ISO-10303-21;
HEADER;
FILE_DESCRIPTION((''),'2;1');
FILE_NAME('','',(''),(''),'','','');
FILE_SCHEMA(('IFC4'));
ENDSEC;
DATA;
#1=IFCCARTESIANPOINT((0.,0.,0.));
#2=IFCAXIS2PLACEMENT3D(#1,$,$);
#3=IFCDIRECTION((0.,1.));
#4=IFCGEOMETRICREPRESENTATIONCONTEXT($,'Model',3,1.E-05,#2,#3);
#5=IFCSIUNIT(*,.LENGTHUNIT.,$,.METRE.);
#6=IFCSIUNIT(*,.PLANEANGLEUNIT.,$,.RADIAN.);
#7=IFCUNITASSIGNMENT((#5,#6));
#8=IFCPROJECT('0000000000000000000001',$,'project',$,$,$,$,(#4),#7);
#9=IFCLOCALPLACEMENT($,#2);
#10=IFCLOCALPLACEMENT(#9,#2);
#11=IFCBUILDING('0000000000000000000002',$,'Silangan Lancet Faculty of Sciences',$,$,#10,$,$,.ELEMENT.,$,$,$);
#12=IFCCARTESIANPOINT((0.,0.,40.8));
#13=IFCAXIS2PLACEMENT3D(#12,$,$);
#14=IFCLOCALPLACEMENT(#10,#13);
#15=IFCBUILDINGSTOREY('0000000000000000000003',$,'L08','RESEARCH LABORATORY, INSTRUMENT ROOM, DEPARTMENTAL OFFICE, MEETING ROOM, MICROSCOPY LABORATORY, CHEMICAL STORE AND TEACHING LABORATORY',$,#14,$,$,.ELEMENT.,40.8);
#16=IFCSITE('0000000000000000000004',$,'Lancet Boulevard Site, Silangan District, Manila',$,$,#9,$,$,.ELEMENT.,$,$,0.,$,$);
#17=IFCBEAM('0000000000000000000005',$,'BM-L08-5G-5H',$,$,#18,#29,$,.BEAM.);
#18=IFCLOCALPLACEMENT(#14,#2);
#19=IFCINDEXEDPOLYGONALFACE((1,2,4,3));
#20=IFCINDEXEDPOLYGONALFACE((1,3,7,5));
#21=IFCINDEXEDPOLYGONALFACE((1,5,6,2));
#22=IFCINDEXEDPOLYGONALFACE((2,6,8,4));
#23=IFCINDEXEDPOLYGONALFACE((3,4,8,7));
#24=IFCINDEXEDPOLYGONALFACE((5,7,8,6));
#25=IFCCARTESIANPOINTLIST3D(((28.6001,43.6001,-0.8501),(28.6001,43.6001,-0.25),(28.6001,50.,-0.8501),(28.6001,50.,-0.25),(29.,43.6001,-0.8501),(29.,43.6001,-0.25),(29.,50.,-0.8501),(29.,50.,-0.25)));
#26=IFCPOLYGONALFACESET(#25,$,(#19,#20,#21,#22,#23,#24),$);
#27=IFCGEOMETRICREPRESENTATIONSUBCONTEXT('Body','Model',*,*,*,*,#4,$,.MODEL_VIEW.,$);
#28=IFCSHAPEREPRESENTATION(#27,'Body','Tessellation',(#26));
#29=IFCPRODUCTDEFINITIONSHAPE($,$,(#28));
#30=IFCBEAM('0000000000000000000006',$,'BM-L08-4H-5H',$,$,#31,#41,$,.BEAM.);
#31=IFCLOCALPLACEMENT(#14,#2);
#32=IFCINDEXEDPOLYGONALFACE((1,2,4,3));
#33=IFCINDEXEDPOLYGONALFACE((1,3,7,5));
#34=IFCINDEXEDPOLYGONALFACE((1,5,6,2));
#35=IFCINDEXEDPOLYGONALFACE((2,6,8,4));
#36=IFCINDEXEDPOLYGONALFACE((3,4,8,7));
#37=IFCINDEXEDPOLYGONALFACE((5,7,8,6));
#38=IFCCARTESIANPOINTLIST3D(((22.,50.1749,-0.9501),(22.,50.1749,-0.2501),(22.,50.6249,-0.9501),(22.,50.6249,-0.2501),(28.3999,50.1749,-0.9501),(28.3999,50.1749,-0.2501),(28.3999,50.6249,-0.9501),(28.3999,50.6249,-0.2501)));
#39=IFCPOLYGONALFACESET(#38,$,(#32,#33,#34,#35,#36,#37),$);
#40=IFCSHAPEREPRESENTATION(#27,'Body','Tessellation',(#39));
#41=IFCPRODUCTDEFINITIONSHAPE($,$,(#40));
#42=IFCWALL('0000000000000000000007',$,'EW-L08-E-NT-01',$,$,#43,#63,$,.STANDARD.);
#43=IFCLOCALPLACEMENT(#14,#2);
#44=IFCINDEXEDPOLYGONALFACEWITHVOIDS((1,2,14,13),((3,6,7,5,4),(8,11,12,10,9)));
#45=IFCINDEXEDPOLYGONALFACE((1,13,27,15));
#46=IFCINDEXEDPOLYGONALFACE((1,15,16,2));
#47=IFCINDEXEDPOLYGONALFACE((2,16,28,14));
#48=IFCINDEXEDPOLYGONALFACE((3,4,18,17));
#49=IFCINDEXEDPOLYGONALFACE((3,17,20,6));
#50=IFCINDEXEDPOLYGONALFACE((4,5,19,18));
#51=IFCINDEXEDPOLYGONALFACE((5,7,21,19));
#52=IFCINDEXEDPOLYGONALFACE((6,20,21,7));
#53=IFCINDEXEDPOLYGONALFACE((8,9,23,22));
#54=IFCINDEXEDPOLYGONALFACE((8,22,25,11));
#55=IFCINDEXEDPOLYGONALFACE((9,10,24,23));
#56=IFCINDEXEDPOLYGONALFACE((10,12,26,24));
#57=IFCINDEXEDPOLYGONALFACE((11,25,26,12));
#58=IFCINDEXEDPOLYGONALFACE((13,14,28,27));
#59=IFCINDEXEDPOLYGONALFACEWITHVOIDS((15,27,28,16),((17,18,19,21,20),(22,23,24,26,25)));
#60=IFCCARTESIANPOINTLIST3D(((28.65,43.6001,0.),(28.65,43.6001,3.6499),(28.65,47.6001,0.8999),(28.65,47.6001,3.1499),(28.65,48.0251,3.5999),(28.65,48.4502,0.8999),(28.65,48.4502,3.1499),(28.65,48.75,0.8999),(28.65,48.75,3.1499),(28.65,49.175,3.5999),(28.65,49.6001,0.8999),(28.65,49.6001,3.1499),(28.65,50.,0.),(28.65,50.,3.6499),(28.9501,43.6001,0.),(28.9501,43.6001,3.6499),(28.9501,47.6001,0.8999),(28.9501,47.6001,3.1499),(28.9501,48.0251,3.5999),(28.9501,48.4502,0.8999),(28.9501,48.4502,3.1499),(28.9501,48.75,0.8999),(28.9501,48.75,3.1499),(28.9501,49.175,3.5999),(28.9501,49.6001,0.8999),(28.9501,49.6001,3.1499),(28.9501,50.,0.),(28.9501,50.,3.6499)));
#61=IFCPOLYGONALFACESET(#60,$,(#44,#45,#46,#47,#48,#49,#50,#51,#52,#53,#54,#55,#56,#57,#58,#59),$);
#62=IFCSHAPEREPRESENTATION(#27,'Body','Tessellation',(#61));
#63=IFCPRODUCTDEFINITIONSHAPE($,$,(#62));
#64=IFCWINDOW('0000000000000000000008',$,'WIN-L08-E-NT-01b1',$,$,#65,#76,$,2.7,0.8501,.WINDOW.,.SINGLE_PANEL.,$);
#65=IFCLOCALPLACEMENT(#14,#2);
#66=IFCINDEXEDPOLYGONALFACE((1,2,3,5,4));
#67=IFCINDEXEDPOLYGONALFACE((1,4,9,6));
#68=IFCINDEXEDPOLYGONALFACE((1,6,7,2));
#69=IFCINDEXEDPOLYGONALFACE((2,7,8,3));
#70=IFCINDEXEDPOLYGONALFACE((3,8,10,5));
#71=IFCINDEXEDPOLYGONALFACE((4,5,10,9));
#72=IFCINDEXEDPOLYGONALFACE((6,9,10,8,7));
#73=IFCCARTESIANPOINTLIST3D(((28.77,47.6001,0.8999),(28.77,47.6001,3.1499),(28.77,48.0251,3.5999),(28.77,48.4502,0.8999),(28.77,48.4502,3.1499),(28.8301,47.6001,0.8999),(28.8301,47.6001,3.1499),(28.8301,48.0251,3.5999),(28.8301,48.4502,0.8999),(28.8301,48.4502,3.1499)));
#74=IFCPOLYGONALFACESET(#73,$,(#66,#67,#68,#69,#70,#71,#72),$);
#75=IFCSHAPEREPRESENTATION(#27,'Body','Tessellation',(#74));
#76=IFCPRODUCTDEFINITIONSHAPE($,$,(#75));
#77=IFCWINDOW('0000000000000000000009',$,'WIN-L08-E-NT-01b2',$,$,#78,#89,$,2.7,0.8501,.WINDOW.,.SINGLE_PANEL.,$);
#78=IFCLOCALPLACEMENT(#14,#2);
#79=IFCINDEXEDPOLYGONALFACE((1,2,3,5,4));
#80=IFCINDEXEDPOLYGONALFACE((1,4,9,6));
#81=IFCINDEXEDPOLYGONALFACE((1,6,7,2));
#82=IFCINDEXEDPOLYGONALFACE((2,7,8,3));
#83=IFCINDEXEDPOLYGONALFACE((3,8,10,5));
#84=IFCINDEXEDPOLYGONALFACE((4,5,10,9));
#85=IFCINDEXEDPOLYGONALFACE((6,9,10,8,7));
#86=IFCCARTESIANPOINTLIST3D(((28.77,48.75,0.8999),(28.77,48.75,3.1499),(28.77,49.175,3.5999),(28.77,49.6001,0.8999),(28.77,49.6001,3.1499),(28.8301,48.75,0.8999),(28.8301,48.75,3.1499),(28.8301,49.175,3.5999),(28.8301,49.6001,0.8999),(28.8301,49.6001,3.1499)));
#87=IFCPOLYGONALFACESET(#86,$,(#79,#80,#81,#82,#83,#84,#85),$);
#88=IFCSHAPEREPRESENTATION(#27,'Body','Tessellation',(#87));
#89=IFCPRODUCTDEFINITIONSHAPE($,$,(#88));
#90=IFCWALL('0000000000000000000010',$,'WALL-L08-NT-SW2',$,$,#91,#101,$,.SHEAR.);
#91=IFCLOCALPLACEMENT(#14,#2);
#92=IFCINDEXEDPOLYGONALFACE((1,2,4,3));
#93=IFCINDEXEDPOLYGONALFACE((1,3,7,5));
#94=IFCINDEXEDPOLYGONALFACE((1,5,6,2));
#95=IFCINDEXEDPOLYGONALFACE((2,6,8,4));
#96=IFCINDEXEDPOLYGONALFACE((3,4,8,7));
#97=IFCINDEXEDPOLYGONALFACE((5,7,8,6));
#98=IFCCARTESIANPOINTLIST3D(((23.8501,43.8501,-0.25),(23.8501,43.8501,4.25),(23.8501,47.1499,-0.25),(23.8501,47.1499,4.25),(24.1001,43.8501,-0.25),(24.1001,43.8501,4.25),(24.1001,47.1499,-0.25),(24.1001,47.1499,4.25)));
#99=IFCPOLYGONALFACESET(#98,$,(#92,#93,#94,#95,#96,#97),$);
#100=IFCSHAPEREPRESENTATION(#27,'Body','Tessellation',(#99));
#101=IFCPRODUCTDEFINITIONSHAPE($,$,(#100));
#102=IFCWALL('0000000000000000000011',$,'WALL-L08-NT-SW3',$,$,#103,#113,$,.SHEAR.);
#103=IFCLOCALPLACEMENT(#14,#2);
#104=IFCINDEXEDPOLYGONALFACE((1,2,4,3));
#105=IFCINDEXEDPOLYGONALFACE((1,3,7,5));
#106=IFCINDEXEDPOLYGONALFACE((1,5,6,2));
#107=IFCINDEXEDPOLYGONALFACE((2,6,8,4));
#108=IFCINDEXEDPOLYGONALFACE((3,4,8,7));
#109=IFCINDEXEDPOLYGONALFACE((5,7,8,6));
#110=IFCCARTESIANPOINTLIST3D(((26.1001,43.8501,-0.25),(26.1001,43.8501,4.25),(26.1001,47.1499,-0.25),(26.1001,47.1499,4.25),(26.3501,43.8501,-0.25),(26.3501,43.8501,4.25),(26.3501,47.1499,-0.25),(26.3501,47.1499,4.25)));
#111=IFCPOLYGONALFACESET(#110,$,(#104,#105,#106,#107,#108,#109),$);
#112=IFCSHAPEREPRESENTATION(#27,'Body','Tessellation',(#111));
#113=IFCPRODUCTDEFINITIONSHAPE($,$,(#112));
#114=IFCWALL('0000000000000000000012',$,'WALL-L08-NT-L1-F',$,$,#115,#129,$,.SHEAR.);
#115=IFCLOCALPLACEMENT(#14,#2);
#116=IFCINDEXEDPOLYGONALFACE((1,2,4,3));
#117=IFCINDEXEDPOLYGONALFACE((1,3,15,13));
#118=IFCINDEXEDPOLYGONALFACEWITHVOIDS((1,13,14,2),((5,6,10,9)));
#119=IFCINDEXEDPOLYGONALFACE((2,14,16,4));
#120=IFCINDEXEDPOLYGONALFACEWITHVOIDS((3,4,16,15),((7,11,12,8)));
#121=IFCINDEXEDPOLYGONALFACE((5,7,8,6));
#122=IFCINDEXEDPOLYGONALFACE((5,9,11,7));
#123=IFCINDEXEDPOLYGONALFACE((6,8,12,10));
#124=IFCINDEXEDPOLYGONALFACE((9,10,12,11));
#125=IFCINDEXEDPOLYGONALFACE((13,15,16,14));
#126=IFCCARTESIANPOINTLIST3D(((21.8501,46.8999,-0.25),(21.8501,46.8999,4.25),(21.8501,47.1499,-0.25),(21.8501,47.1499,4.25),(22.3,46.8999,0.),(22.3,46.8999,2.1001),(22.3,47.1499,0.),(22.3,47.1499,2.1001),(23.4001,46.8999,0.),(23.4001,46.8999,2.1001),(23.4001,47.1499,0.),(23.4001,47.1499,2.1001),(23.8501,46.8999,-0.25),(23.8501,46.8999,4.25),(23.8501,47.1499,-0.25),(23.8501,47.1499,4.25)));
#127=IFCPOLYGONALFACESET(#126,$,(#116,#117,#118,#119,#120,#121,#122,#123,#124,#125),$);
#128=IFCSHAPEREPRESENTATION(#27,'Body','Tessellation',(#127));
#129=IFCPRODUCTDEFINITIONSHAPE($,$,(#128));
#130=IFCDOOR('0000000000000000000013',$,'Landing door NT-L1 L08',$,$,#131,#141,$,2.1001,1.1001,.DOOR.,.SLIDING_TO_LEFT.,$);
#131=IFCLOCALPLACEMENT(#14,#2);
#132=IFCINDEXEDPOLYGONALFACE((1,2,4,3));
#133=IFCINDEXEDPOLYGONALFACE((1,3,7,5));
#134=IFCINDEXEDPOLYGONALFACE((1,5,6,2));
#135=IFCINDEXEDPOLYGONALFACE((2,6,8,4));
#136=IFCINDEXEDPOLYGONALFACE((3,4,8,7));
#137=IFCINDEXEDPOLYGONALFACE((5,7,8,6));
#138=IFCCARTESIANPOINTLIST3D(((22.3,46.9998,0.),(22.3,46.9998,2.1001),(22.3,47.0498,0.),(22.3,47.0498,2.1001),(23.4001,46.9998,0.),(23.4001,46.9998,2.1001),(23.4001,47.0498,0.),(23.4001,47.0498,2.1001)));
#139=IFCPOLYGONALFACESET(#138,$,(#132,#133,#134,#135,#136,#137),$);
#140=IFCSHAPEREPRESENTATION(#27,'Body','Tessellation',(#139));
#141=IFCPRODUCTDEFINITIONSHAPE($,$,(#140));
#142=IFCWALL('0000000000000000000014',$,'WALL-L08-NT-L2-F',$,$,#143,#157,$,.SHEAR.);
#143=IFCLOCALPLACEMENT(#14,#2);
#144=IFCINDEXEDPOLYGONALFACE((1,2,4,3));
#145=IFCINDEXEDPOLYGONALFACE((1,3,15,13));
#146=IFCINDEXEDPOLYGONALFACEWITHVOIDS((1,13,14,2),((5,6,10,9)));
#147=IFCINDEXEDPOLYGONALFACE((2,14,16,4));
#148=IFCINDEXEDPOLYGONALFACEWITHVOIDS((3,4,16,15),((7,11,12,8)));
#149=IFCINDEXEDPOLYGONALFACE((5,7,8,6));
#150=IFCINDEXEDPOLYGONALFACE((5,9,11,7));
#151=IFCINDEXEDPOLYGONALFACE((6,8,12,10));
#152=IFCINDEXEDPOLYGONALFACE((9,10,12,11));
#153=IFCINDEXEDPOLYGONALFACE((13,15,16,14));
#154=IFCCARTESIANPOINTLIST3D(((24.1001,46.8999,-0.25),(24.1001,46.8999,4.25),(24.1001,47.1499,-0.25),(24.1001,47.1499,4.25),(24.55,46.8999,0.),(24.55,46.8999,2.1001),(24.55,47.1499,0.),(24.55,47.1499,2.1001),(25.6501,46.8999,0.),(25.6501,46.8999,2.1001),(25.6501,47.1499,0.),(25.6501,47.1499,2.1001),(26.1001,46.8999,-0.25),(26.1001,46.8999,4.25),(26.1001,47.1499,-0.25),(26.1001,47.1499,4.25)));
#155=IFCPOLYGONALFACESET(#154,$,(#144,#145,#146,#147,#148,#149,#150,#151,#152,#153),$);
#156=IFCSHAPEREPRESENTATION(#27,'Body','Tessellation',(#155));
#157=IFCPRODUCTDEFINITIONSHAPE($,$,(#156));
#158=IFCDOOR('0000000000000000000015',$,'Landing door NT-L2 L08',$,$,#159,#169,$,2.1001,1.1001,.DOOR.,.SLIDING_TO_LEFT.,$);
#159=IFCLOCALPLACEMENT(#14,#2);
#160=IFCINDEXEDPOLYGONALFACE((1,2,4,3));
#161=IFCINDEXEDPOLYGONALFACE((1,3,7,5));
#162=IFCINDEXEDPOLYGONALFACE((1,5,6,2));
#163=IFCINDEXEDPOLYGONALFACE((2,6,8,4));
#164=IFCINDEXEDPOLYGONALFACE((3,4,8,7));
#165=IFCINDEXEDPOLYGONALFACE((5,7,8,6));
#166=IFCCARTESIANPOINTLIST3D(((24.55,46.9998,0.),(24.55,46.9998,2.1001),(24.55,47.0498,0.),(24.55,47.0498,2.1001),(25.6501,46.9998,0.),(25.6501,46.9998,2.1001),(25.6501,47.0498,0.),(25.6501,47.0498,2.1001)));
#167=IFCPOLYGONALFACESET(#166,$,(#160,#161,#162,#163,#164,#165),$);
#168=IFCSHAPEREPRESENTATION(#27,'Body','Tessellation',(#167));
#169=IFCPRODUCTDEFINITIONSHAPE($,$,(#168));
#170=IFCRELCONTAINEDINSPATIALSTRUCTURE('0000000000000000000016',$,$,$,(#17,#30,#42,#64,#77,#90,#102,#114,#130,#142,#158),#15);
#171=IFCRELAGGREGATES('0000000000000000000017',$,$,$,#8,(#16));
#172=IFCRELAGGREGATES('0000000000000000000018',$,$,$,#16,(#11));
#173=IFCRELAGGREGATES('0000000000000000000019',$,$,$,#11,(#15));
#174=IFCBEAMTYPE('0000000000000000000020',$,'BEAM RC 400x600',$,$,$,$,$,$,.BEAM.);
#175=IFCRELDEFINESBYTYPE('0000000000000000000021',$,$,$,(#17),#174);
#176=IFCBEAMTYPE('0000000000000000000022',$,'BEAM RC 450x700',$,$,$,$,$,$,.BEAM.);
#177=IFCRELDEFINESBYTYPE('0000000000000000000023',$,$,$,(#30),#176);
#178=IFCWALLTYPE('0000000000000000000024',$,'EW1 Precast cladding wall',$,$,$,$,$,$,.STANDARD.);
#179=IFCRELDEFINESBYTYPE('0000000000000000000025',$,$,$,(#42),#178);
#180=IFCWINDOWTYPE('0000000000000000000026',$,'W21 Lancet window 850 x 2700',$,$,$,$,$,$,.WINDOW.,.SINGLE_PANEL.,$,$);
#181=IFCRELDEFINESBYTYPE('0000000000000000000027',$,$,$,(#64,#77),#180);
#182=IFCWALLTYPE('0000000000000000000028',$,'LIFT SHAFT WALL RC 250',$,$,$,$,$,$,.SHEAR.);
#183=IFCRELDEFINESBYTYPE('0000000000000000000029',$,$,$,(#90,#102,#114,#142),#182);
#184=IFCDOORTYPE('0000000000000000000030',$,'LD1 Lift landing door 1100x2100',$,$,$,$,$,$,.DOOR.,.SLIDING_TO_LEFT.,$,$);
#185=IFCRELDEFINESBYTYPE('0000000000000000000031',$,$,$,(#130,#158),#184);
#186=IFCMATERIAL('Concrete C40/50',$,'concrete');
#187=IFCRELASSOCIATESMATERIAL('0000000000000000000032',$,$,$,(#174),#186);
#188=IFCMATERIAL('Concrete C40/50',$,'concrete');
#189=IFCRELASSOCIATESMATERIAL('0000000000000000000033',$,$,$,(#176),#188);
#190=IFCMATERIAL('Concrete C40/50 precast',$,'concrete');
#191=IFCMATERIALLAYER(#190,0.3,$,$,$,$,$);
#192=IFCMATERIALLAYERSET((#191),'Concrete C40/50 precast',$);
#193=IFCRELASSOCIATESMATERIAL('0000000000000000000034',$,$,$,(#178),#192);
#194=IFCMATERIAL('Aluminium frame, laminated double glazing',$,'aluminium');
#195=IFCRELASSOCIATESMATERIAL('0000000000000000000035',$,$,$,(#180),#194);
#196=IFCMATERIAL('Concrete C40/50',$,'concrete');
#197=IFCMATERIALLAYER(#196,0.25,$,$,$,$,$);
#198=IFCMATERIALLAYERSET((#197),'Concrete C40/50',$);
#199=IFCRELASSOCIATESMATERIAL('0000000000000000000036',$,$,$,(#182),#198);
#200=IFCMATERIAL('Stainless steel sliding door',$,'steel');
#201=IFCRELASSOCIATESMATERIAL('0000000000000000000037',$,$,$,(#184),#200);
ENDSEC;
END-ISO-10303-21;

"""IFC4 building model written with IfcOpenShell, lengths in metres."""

from ifc_helpers import new_model, si_unit, direction, frame, frame_2d, origin, origin_2d, place, context, subcontext, project, spatial, polyline, rectangle, outline, extrude, material, layer, layer_set, material_profile, profile_set, type_object, element, fill, save


model = new_model("IFC4")

# Units and contexts
model_context = context("Model", 3, precision=1e-05, world=origin(), true_north=direction((0.0, 1.0)))
body_context = subcontext(model_context, "Body", "Model", "MODEL_VIEW")
ifc_project = project(units=[si_unit("LENGTHUNIT", "METRE"), si_unit("PLANEANGLEUNIT", "RADIAN")], contexts=[model_context])

# Site, building, storey
site_placement = place(None, origin())
site = spatial("IfcSite", under=ifc_project, at=site_placement, Name="Lancet Boulevard Site, Silangan District, Manila", CompositionType="ELEMENT", RefElevation=0.0)
building_placement = place(site_placement, origin())
building = spatial("IfcBuilding", under=site, at=building_placement, Name="Silangan Lancet Faculty of Sciences", CompositionType="ELEMENT")
storey_placement = place(building_placement, frame((0.0, 0.0, 40.8)))
storey = spatial("IfcBuildingStorey", under=building, at=storey_placement, Name="L08", Description="RESEARCH LABORATORY, INSTRUMENT ROOM, DEPARTMENTAL OFFICE, MEETING ROOM, MICROSCOPY LABORATORY, CHEMICAL STORE AND TEACHING LABORATORY", CompositionType="ELEMENT", Elevation=40.8)

# Beams
ifc_material_1 = material(Name="Concrete C40/50", Category="concrete")
ifc_material_profile_1 = material_profile(ifc_material_1, rectangle(XDim=0.3999, YDim=0.6001, at=origin_2d()), Name="RC 400x600")
ifc_profile_set_1 = profile_set([ifc_material_profile_1], Name="Concrete C40/50")
beam_type_1 = type_object("IfcBeamType", Name="BEAM RC 400x600", PredefinedType="BEAM", material=ifc_profile_set_1)
beam_1_placement = place(storey_placement, frame((28.8, 43.6001, -0.55), z_axis=(0.0, 1.0, 0.0), x_axis=(-1.0, 0.0, 0.0)))
element("IfcBeam", 1, at=beam_1_placement, inside=storey, type_object=beam_type_1, Name="BM-L08-5G-5H", PredefinedType="BEAM", context=body_context, shape_type="SweptSolid", body=[
    extrude(rectangle(XDim=0.3999, YDim=0.6001, at=origin_2d()), origin(), (0.0, 0.0, 1.0), 6.3999),
])
ifc_material_2 = material(Name="Concrete C40/50", Category="concrete")
ifc_material_profile_2 = material_profile(ifc_material_2, rectangle(XDim=0.45, YDim=0.7, at=origin_2d()), Name="RC 450x700")
ifc_profile_set_2 = profile_set([ifc_material_profile_2], Name="Concrete C40/50")
beam_type_2 = type_object("IfcBeamType", Name="BEAM RC 450x700", PredefinedType="BEAM", material=ifc_profile_set_2)
beam_2_placement = place(storey_placement, frame((22.0, 50.3999, -0.6001), z_axis=(1.0, 0.0, 0.0), x_axis=(0.0, 1.0, 0.0)))
element("IfcBeam", 2, at=beam_2_placement, inside=storey, type_object=beam_type_2, Name="BM-L08-4H-5H", PredefinedType="BEAM", context=body_context, shape_type="SweptSolid", body=[
    extrude(rectangle(XDim=0.45, YDim=0.7, at=origin_2d()), origin(), (0.0, 0.0, 1.0), 6.3999),
])

# Wall, openings, windows
ifc_material_3 = material(Name="Concrete C40/50 precast", Category="concrete")
ifc_layer_1 = layer(ifc_material_3, 0.3)
ifc_layer_set_1 = layer_set([ifc_layer_1], Name="Concrete C40/50 precast")
wall_type_1 = type_object("IfcWallType", Name="EW1 Precast cladding wall", PredefinedType="STANDARD", material=ifc_layer_set_1)
wall_1_placement = place(storey_placement, frame((28.8, 43.6001, 0.0), z_axis=(0.0, 0.0, 1.0), x_axis=(0.0, 1.0, 0.0)))
wall_1 = element("IfcWall", 3, at=wall_1_placement, inside=storey, type_object=wall_type_1, Name="EW-L08-E-NT-01", PredefinedType="STANDARD", context=body_context, shape_type="SweptSolid", body=[
    extrude(rectangle(XDim=6.3999, YDim=0.3, at=frame_2d((3.2, 0.0))), origin(), (0.0, 0.0, 1.0), 3.6499),
])
opening_1_placement = place(wall_1_placement, frame((4.0, 0.0, 0.8999)))
opening_1 = element("IfcOpeningElement", 4, at=opening_1_placement, cuts=wall_1, PredefinedType="OPENING", context=body_context, shape_type="SweptSolid", body=[
    extrude(outline(polyline([(0.0, 0.0), (0.8501, 0.0), (0.8501, 2.25), (0.425, 2.7), (0.0, 2.25), (0.0, 0.0)])), frame((0.0, 0.1599, 0.0), z_axis=(0.0, -1.0, 0.0), x_axis=(1.0, 0.0, 0.0)), (0.0, 0.0, 1.0), 0.3201),
])
opening_2_placement = place(wall_1_placement, frame((5.1499, 0.0, 0.8999)))
opening_2 = element("IfcOpeningElement", 5, at=opening_2_placement, cuts=wall_1, PredefinedType="OPENING", context=body_context, shape_type="SweptSolid", body=[
    extrude(outline(polyline([(0.0, 0.0), (0.8501, 0.0), (0.8501, 2.25), (0.425, 2.7), (0.0, 2.25), (0.0, 0.0)])), frame((0.0, 0.1599, 0.0), z_axis=(0.0, -1.0, 0.0), x_axis=(1.0, 0.0, 0.0)), (0.0, 0.0, 1.0), 0.3201),
])
ifc_material_4 = material(Name="Aluminium frame, laminated double glazing", Category="aluminium")
window_type = type_object("IfcWindowType", Name="W21 Lancet window 850 x 2700", PartitioningType="SINGLE_PANEL", PredefinedType="WINDOW", material=ifc_material_4)
window_1_placement = place(opening_1_placement, origin())
window_1 = element("IfcWindow", 6, at=window_1_placement, inside=storey, type_object=window_type, Name="WIN-L08-E-NT-01b1", OverallHeight=2.7, OverallWidth=0.8501, PartitioningType="SINGLE_PANEL", PredefinedType="WINDOW", context=body_context, shape_type="SweptSolid", body=[
    extrude(outline(polyline([(0.0, 0.0), (0.8501, 0.0), (0.8501, 2.25), (0.425, 2.7), (0.0, 2.25), (0.0, 0.0)])), frame((0.0, 0.03, 0.0), z_axis=(0.0, -1.0, 0.0), x_axis=(1.0, 0.0, 0.0)), (0.0, 0.0, 1.0), 0.0601),
])
fill(opening_1, window_1)
window_2_placement = place(opening_2_placement, origin())
window_2 = element("IfcWindow", 7, at=window_2_placement, inside=storey, type_object=window_type, Name="WIN-L08-E-NT-01b2", OverallHeight=2.7, OverallWidth=0.8501, PartitioningType="SINGLE_PANEL", PredefinedType="WINDOW", context=body_context, shape_type="SweptSolid", body=[
    extrude(outline(polyline([(0.0, 0.0), (0.8501, 0.0), (0.8501, 2.25), (0.425, 2.7), (0.0, 2.25), (0.0, 0.0)])), frame((0.0, 0.03, 0.0), z_axis=(0.0, -1.0, 0.0), x_axis=(1.0, 0.0, 0.0)), (0.0, 0.0, 1.0), 0.0601),
])
fill(opening_2, window_2)

# Walls
ifc_material_5 = material(Name="Concrete C40/50", Category="concrete")
ifc_layer_2 = layer(ifc_material_5, 0.25)
ifc_layer_set_2 = layer_set([ifc_layer_2], Name="Concrete C40/50")
wall_type_2 = type_object("IfcWallType", Name="LIFT SHAFT WALL RC 250", PredefinedType="SHEAR", material=ifc_layer_set_2)
for number, where, z_axis, x_axis, name in (
    (8, (23.9751, 43.8501, -0.25), (0.0, 0.0, 1.0), (0.0, 1.0, 0.0), "WALL-L08-NT-SW2"),
    (9, (26.2251, 43.8501, -0.25), (0.0, 0.0, 1.0), (0.0, 1.0, 0.0), "WALL-L08-NT-SW3"),
):
    element("IfcWall", number, at=place(storey_placement, frame(where, z_axis=z_axis, x_axis=x_axis)), inside=storey, type_object=wall_type_2, Name=name, PredefinedType="SHEAR", context=body_context, shape_type="SweptSolid", body=[
        extrude(rectangle(XDim=3.2998, YDim=0.25, at=frame_2d((1.6499, 0.0))), origin(), (0.0, 0.0, 1.0), 4.5),
    ])

# Walls, openings, doors
wall_2_placement = place(storey_placement, frame((21.8501, 47.0249, -0.25), z_axis=(0.0, 0.0, 1.0), x_axis=(1.0, 0.0, 0.0)))
wall_2 = element("IfcWall", 10, at=wall_2_placement, inside=storey, type_object=wall_type_2, Name="WALL-L08-NT-L1-F", PredefinedType="SHEAR", context=body_context, shape_type="SweptSolid", body=[
    extrude(rectangle(XDim=2.0, YDim=0.25, at=frame_2d((1.0, 0.0))), origin(), (0.0, 0.0, 1.0), 4.5),
])
opening_3_placement = place(wall_2_placement, frame((0.45, 0.0, 0.25)))
opening_3 = element("IfcOpeningElement", 11, at=opening_3_placement, cuts=wall_2, PredefinedType="OPENING", context=body_context, shape_type="SweptSolid", body=[
    extrude(rectangle(XDim=1.1001, YDim=2.1001, at=frame_2d((0.55, 1.05))), frame((0.0, 0.135, 0.0), z_axis=(0.0, -1.0, 0.0), x_axis=(1.0, 0.0, 0.0)), (0.0, 0.0, 1.0), 0.27),
])
ifc_material_6 = material(Name="Stainless steel sliding door", Category="steel")
door_type_1 = type_object("IfcDoorType", Name="LD1 Lift landing door 1100x2100", OperationType="SLIDING_TO_LEFT", PredefinedType="DOOR", material=ifc_material_6)
door_1_placement = place(opening_3_placement, origin())
door_1 = element("IfcDoor", 12, at=door_1_placement, inside=storey, type_object=door_type_1, Name="Landing door NT-L1 L08", OperationType="SLIDING_TO_LEFT", OverallHeight=2.1001, OverallWidth=1.1001, PredefinedType="DOOR", context=body_context, shape_type="SweptSolid", body=[
    extrude(rectangle(XDim=1.1001, YDim=2.1001, at=frame_2d((0.55, 1.05))), frame((0.0, 0.0249, 0.0), z_axis=(0.0, -1.0, 0.0), x_axis=(1.0, 0.0, 0.0)), (0.0, 0.0, 1.0), 0.05),
])
fill(opening_3, door_1)
wall_3_placement = place(storey_placement, frame((24.1001, 47.0249, -0.25), z_axis=(0.0, 0.0, 1.0), x_axis=(1.0, 0.0, 0.0)))
wall_3 = element("IfcWall", 13, at=wall_3_placement, inside=storey, type_object=wall_type_2, Name="WALL-L08-NT-L2-F", PredefinedType="SHEAR", context=body_context, shape_type="SweptSolid", body=[
    extrude(rectangle(XDim=2.0, YDim=0.25, at=frame_2d((1.0, 0.0))), origin(), (0.0, 0.0, 1.0), 4.5),
])
opening_4_placement = place(wall_3_placement, frame((0.45, 0.0, 0.25)))
opening_4 = element("IfcOpeningElement", 14, at=opening_4_placement, cuts=wall_3, PredefinedType="OPENING", context=body_context, shape_type="SweptSolid", body=[
    extrude(rectangle(XDim=1.1001, YDim=2.1001, at=frame_2d((0.55, 1.05))), frame((0.0, 0.135, 0.0), z_axis=(0.0, -1.0, 0.0), x_axis=(1.0, 0.0, 0.0)), (0.0, 0.0, 1.0), 0.27),
])
door_2_placement = place(opening_4_placement, origin())
door_2 = element("IfcDoor", 15, at=door_2_placement, inside=storey, type_object=door_type_1, Name="Landing door NT-L2 L08", OperationType="SLIDING_TO_LEFT", OverallHeight=2.1001, OverallWidth=1.1001, PredefinedType="DOOR", context=body_context, shape_type="SweptSolid", body=[
    extrude(rectangle(XDim=1.1001, YDim=2.1001, at=frame_2d((0.55, 1.05))), frame((0.0, 0.0249, 0.0), z_axis=(0.0, -1.0, 0.0), x_axis=(1.0, 0.0, 0.0)), (0.0, 0.0, 1.0), 0.05),
])
fill(opening_4, door_2)

save(model, "model.ifc")
